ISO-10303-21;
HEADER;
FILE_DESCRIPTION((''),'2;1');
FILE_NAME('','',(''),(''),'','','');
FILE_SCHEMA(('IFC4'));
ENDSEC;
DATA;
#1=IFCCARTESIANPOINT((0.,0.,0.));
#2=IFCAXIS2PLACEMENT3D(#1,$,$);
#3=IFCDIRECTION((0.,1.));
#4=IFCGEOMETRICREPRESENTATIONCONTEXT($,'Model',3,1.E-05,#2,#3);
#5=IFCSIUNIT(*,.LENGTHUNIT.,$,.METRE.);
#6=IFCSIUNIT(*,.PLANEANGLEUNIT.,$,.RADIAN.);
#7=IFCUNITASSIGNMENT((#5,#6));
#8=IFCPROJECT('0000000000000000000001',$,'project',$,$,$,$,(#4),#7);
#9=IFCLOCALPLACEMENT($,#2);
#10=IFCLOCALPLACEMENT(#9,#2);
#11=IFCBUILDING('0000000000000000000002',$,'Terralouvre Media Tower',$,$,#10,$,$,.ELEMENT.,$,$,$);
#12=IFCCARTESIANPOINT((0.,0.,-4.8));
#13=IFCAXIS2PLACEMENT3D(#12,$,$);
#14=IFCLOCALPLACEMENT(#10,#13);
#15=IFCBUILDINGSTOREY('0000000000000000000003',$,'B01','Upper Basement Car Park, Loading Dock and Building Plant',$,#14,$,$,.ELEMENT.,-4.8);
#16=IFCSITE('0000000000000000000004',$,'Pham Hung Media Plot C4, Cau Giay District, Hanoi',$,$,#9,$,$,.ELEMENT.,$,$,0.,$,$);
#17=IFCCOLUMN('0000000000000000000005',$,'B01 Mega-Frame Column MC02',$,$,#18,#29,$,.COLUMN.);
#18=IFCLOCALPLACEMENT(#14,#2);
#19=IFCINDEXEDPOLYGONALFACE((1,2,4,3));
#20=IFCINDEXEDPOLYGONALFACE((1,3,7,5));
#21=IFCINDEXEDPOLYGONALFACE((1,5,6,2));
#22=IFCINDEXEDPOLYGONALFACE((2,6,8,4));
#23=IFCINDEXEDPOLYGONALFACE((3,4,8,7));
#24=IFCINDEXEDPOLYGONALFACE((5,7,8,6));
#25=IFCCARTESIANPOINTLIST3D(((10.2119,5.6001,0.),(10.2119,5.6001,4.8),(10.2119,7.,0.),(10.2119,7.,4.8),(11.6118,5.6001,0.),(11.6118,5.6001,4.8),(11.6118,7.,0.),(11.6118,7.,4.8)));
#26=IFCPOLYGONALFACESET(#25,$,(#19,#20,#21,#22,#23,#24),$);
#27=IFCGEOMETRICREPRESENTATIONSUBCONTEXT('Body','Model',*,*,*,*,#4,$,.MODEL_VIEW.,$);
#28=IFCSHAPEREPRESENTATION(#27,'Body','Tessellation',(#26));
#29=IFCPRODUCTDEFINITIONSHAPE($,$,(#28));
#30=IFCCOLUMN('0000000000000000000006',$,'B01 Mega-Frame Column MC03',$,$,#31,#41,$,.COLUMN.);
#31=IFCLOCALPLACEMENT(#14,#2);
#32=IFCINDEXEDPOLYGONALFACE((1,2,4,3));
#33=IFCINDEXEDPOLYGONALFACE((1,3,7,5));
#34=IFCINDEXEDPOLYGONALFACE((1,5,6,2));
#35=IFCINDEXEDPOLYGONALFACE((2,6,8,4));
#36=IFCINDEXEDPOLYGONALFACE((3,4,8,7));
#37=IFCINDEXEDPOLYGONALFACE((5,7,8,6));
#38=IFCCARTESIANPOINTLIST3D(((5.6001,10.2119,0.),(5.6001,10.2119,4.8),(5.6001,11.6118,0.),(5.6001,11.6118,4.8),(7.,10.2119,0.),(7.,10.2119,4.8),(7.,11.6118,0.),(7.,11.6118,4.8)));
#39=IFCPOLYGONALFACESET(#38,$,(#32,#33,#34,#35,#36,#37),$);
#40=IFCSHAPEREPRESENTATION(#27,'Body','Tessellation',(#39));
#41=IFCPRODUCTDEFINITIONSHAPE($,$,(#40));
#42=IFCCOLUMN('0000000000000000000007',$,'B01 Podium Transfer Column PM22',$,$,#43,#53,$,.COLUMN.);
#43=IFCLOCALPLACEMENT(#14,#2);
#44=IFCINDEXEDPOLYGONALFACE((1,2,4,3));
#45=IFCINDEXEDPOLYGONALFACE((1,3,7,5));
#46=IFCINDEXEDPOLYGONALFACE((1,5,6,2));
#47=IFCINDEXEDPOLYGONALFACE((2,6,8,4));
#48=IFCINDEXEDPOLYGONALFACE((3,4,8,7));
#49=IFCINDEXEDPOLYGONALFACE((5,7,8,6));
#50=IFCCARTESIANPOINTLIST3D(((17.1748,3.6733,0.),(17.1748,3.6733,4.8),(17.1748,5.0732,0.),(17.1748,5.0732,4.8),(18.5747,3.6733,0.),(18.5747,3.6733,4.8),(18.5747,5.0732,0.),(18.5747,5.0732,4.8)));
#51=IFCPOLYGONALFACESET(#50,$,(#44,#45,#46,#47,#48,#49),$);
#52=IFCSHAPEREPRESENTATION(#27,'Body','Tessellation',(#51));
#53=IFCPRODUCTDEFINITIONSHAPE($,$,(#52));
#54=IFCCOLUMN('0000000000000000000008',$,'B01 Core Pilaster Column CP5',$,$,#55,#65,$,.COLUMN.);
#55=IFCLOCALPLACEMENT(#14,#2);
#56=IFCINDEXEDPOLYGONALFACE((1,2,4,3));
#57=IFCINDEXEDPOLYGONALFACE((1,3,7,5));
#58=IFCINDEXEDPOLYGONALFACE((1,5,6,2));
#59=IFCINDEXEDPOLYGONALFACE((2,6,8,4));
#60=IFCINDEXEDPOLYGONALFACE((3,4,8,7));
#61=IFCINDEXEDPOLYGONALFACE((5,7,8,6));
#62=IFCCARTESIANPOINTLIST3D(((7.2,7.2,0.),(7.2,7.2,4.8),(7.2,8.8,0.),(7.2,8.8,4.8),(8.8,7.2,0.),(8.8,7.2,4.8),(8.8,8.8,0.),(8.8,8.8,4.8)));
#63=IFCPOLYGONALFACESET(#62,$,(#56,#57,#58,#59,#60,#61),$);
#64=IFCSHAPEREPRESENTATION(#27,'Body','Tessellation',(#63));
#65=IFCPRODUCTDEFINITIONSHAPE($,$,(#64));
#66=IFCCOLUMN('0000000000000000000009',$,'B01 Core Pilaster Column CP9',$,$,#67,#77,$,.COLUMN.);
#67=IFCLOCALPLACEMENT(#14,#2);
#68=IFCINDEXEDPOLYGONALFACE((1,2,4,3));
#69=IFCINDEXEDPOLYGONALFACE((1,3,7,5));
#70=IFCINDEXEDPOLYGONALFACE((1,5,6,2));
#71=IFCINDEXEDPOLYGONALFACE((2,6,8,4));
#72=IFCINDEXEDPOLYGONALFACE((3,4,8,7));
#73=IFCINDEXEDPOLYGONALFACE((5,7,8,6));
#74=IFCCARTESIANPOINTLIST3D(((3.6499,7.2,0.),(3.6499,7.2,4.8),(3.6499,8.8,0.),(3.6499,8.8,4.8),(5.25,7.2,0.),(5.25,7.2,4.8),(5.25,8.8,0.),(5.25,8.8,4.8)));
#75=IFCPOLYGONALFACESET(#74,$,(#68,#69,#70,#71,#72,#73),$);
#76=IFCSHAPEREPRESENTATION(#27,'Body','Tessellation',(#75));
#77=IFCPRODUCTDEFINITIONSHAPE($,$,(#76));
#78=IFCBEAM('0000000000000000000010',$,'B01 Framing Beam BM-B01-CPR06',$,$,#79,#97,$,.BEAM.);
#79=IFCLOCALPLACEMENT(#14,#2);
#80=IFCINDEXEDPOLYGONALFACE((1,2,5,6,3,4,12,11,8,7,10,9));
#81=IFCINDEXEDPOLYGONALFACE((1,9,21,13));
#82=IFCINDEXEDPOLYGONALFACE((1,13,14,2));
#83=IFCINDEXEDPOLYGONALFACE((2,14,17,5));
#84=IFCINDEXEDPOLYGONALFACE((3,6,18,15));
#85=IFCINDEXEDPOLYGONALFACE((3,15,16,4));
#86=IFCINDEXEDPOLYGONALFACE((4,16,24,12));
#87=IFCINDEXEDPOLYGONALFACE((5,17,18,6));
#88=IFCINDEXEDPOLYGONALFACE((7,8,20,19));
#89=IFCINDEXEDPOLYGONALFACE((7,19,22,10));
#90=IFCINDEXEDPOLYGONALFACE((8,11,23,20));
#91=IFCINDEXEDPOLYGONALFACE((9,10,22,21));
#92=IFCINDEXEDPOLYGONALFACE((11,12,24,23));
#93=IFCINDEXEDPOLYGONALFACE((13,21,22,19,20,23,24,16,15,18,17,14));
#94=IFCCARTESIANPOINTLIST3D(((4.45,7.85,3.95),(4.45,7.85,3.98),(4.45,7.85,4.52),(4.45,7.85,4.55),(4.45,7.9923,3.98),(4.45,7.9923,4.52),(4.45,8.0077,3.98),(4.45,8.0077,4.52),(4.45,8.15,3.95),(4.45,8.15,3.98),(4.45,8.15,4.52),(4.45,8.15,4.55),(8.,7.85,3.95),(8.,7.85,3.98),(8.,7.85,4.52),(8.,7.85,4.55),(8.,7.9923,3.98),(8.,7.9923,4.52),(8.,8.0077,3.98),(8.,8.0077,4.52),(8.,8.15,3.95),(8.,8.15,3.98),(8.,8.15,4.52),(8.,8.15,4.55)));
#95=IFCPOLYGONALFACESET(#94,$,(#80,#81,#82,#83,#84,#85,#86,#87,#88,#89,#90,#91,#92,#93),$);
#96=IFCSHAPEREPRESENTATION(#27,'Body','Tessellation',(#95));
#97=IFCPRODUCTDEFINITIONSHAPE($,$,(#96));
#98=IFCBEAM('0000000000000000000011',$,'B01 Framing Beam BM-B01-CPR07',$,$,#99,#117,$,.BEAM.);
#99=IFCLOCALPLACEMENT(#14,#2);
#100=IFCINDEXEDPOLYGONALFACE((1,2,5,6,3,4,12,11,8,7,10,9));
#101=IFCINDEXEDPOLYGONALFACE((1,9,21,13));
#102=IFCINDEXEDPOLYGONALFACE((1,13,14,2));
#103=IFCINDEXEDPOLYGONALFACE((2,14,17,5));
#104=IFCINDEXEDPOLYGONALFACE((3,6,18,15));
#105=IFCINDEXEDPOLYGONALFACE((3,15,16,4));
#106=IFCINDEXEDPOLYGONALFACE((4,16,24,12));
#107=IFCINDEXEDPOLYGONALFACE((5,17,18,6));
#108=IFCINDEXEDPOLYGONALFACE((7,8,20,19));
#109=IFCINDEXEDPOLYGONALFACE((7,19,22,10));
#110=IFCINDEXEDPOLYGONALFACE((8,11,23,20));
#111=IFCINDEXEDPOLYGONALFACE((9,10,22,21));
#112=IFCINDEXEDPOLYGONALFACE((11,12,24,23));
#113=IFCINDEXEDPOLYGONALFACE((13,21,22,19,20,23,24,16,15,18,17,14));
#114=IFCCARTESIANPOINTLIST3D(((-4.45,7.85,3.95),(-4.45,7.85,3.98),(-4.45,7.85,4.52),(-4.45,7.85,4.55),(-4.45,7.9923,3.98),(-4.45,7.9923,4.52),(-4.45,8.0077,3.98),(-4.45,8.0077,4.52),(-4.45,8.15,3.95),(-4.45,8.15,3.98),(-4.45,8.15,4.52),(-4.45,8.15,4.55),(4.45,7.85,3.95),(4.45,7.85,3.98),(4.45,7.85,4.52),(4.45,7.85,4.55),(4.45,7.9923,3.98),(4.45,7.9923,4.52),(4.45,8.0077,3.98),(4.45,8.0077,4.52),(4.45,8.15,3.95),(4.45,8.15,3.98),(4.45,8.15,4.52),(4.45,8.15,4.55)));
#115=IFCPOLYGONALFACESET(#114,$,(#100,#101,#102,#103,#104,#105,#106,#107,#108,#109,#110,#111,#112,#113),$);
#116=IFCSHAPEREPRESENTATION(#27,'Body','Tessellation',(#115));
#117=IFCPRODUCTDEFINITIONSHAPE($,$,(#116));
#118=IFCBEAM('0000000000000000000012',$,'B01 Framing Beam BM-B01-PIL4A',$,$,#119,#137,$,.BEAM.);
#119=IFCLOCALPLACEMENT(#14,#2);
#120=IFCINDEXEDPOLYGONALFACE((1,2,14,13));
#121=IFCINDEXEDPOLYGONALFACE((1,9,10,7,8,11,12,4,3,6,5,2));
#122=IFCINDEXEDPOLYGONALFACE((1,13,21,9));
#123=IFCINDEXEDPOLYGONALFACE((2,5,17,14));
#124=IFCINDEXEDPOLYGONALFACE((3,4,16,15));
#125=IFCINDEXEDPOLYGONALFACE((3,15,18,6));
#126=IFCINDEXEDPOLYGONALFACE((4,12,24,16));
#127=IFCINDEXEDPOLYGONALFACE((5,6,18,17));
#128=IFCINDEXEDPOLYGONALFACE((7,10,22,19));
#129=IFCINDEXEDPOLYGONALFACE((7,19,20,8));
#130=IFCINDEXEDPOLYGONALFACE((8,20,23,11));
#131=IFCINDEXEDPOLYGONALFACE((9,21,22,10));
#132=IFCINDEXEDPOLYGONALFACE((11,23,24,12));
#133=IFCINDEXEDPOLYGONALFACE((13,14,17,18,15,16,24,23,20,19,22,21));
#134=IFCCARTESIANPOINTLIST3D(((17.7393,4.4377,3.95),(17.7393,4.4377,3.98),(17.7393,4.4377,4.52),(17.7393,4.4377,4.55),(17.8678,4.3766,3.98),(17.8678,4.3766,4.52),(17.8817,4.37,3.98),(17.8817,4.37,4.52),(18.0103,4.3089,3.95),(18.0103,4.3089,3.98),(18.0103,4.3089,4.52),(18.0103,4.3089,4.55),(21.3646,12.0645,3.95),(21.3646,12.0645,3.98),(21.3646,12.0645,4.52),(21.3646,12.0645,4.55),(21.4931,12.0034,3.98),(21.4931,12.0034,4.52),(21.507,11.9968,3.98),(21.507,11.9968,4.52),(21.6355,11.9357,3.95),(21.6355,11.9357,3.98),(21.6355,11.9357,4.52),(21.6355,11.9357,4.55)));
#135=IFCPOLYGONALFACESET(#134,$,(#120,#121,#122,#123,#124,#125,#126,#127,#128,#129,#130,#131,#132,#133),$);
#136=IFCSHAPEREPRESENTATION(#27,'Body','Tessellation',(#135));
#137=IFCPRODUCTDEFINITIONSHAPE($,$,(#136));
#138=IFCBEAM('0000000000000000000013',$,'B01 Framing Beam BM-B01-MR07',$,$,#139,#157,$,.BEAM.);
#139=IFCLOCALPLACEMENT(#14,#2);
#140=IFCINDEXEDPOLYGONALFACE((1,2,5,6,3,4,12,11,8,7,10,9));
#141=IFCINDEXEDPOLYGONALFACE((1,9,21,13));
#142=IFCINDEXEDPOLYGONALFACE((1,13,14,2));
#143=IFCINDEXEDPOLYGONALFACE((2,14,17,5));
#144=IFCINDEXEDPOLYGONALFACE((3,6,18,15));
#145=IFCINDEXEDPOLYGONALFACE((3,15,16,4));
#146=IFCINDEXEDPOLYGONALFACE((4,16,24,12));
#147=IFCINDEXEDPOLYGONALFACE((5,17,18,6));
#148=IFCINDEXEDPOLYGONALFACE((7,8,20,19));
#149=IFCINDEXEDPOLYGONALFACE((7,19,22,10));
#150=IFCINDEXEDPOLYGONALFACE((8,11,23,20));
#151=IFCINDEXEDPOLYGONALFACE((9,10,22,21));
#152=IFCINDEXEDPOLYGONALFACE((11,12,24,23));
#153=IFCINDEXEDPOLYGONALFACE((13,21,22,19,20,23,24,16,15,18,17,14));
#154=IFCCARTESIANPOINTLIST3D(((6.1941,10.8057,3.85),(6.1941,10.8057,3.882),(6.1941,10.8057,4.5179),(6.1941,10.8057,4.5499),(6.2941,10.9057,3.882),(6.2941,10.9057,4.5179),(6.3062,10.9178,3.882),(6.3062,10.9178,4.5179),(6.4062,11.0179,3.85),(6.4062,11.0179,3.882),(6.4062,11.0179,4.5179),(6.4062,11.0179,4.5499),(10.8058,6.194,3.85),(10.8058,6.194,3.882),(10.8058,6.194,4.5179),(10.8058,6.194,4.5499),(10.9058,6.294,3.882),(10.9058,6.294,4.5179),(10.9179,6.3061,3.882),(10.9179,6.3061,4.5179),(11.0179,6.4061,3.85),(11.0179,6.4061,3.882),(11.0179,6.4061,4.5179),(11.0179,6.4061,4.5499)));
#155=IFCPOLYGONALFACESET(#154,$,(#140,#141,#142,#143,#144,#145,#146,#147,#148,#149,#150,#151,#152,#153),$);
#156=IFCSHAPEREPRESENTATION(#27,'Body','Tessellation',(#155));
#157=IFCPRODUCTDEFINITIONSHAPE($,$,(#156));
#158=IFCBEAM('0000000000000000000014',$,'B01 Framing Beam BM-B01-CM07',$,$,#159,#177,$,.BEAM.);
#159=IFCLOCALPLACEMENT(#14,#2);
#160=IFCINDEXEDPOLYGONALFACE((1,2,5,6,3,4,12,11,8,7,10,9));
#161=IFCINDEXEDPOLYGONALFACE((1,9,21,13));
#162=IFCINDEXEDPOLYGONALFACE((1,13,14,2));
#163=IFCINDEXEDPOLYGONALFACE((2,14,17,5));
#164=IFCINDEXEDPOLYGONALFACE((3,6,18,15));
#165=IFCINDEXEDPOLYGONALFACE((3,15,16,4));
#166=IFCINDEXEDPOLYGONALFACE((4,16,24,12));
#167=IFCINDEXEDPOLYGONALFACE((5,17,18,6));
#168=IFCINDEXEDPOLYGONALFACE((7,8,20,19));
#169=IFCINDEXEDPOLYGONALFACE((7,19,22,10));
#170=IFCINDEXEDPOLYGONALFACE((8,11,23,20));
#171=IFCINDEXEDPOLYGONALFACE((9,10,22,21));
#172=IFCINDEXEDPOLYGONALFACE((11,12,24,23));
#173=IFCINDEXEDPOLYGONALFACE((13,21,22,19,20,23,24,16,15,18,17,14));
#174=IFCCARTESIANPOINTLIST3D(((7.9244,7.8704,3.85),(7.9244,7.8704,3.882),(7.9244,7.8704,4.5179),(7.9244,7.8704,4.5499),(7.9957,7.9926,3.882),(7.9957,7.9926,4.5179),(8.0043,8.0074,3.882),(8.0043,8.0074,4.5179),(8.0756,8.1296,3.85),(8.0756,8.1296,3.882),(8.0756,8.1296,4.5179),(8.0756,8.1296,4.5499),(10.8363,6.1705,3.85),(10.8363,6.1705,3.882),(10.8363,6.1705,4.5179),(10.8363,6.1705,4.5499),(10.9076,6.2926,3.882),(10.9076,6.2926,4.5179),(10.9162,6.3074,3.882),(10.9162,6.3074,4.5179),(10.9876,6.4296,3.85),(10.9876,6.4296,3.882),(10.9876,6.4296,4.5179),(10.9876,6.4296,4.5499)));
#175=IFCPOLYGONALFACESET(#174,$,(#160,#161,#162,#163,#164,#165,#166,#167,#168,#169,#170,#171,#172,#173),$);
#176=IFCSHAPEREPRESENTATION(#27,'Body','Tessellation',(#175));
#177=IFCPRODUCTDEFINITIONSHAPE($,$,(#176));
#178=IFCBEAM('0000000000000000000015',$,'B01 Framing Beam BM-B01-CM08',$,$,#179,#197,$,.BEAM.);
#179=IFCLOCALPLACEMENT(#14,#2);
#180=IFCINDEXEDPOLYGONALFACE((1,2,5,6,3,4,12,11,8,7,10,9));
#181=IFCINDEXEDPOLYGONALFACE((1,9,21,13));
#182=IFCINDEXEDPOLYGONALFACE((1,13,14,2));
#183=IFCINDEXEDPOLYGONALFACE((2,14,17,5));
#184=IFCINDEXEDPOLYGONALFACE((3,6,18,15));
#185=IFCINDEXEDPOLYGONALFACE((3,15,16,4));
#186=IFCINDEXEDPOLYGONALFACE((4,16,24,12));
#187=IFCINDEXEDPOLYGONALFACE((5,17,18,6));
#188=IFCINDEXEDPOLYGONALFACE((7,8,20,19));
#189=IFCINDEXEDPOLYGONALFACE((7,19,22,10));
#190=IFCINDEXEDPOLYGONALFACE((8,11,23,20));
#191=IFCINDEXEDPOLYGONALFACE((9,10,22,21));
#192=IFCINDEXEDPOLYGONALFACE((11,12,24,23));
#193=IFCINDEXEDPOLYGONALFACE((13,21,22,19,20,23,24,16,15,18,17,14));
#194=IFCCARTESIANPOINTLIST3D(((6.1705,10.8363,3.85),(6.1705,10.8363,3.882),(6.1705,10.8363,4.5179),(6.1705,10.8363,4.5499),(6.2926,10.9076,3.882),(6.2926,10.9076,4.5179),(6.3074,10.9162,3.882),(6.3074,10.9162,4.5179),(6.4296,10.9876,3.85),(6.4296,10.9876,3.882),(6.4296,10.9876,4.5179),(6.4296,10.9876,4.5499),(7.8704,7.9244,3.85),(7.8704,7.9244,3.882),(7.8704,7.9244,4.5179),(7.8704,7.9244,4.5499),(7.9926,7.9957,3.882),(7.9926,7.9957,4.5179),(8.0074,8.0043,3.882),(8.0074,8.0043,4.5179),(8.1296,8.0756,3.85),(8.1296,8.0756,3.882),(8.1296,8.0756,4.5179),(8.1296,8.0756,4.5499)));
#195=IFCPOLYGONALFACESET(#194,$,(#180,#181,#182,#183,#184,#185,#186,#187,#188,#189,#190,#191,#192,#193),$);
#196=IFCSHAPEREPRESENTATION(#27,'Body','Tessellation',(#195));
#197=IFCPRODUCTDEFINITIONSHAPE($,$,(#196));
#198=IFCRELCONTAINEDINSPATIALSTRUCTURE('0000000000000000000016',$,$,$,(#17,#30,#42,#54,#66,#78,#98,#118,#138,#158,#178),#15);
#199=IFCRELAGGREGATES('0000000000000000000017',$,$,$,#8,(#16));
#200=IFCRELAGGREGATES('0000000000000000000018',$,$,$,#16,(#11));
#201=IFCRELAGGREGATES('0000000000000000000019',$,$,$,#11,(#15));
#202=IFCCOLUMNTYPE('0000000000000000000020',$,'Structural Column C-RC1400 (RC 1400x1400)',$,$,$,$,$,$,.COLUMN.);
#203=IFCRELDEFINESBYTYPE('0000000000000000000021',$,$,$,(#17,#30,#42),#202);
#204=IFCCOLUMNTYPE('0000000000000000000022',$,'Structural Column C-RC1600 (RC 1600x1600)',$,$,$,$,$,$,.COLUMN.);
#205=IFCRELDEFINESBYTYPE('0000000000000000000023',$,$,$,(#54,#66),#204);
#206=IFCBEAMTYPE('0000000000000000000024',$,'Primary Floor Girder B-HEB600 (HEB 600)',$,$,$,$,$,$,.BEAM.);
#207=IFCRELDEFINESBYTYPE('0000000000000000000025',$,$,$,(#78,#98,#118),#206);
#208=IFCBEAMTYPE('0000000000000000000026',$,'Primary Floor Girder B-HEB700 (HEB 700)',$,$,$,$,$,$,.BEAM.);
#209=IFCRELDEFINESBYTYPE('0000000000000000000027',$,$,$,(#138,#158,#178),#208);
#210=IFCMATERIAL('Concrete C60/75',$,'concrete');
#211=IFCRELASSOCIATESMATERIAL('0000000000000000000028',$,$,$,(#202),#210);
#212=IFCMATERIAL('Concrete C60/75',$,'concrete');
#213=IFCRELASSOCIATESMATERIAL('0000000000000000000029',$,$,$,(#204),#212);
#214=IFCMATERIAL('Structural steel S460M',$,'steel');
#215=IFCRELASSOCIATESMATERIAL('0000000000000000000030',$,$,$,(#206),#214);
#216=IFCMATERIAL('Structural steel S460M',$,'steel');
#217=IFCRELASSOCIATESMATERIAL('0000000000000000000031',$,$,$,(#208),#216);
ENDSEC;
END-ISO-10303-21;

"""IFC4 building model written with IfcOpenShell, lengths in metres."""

from ifc_helpers import new_model, si_unit, direction, frame, origin, origin_2d, place, context, subcontext, project, spatial, rectangle, i_section, extrude, material, material_profile, profile_set, type_object, element, save


model = new_model("IFC4")

# Units and contexts
model_context = context("Model", 3, precision=1e-05, world=origin(), true_north=direction((0.0, 1.0)))
body_context = subcontext(model_context, "Body", "Model", "MODEL_VIEW")
ifc_project = project(units=[si_unit("LENGTHUNIT", "METRE"), si_unit("PLANEANGLEUNIT", "RADIAN")], contexts=[model_context])

# Site, building, storey
site_placement = place(None, origin())
site = spatial("IfcSite", under=ifc_project, at=site_placement, Name="Pham Hung Media Plot C4, Cau Giay District, Hanoi", CompositionType="ELEMENT", RefElevation=0.0)
building_placement = place(site_placement, origin())
building = spatial("IfcBuilding", under=site, at=building_placement, Name="Terralouvre Media Tower", CompositionType="ELEMENT")
storey_placement = place(building_placement, frame((0.0, 0.0, -4.8)))
storey = spatial("IfcBuildingStorey", under=building, at=storey_placement, Name="B01", Description="Upper Basement Car Park, Loading Dock and Building Plant", CompositionType="ELEMENT", Elevation=-4.8)

# Columns
ifc_material_1 = material(Name="Concrete C60/75", Category="concrete")
ifc_material_profile_1 = material_profile(ifc_material_1, rectangle(XDim=1.3999, YDim=1.3999, at=origin_2d()), Name="RC 1400x1400")
ifc_profile_set_1 = profile_set([ifc_material_profile_1], Name="Concrete C60/75")
column_type_1 = type_object("IfcColumnType", Name="Structural Column C-RC1400 (RC 1400x1400)", PredefinedType="COLUMN", material=ifc_profile_set_1)
for number, where, z_axis, x_axis, name in (
    (1, (10.9119, 6.3, 0.0), (0.0, 0.0, 1.0), (1.0, 0.0, 0.0), "B01 Mega-Frame Column MC02"),
    (2, (6.3, 10.9119, 0.0), (0.0, 0.0, 1.0), (1.0, 0.0, 0.0), "B01 Mega-Frame Column MC03"),
    (3, (17.8748, 4.3733, 0.0), (0.0, 0.0, 1.0), (1.0, 0.0, 0.0), "B01 Podium Transfer Column PM22"),
):
    element("IfcColumn", number, at=place(storey_placement, frame(where, z_axis=z_axis, x_axis=x_axis)), inside=storey, type_object=column_type_1, Name=name, PredefinedType="COLUMN", context=body_context, shape_type="SweptSolid", body=[
        extrude(rectangle(XDim=1.3999, YDim=1.3999, at=origin_2d()), origin(), (0.0, 0.0, 1.0), 4.8),
    ])
ifc_material_2 = material(Name="Concrete C60/75", Category="concrete")
ifc_material_profile_2 = material_profile(ifc_material_2, rectangle(XDim=1.6001, YDim=1.6001, at=origin_2d()), Name="RC 1600x1600")
ifc_profile_set_2 = profile_set([ifc_material_profile_2], Name="Concrete C60/75")
column_type_2 = type_object("IfcColumnType", Name="Structural Column C-RC1600 (RC 1600x1600)", PredefinedType="COLUMN", material=ifc_profile_set_2)
for number, where, z_axis, x_axis, name in (
    (4, (8.0, 8.0, 0.0), (0.0, 0.0, 1.0), (1.0, 0.0, 0.0), "B01 Core Pilaster Column CP5"),
    (5, (4.45, 8.0, 0.0), (0.0, 0.0, 1.0), (1.0, 0.0, 0.0), "B01 Core Pilaster Column CP9"),
):
    element("IfcColumn", number, at=place(storey_placement, frame(where, z_axis=z_axis, x_axis=x_axis)), inside=storey, type_object=column_type_2, Name=name, PredefinedType="COLUMN", context=body_context, shape_type="SweptSolid", body=[
        extrude(rectangle(XDim=1.6001, YDim=1.6001, at=origin_2d()), origin(), (0.0, 0.0, 1.0), 4.8),
    ])

# Beams
ifc_material_3 = material(Name="Structural steel S460M", Category="steel")
ifc_material_profile_3 = material_profile(ifc_material_3, i_section(OverallWidth=0.3, OverallDepth=0.6001, WebThickness=0.0154, FlangeThickness=0.03, at=origin_2d()), Name="HEB 600")
ifc_profile_set_3 = profile_set([ifc_material_profile_3], Name="Structural steel S460M")
beam_type_1 = type_object("IfcBeamType", Name="Primary Floor Girder B-HEB600 (HEB 600)", PredefinedType="BEAM", material=ifc_profile_set_3)
beam_1_placement = place(storey_placement, frame((8.0, 8.0, 4.25), z_axis=(-1.0, 0.0, 0.0), x_axis=(0.0, -1.0, 0.0)))
element("IfcBeam", 6, at=beam_1_placement, inside=storey, type_object=beam_type_1, Name="B01 Framing Beam BM-B01-CPR06", PredefinedType="BEAM", context=body_context, shape_type="SweptSolid", body=[
    extrude(i_section(OverallWidth=0.3, OverallDepth=0.6001, WebThickness=0.0154, FlangeThickness=0.03, at=origin_2d()), origin(), (0.0, 0.0, 1.0), 3.55),
])
beam_2_placement = place(storey_placement, frame((4.45, 8.0, 4.25), z_axis=(-1.0, 0.0, 0.0), x_axis=(0.0, -1.0, 0.0)))
element("IfcBeam", 7, at=beam_2_placement, inside=storey, type_object=beam_type_1, Name="B01 Framing Beam BM-B01-CPR07", PredefinedType="BEAM", context=body_context, shape_type="SweptSolid", body=[
    extrude(i_section(OverallWidth=0.3, OverallDepth=0.6001, WebThickness=0.0154, FlangeThickness=0.03, at=origin_2d()), origin(), (0.0, 0.0, 1.0), 8.8999),
])
beam_3_placement = place(storey_placement, frame((17.8748, 4.3733, 4.25), z_axis=(0.429304, 0.90316, 0.0), x_axis=(-0.90316, 0.429304, 0.0)))
element("IfcBeam", 8, at=beam_3_placement, inside=storey, type_object=beam_type_1, Name="B01 Framing Beam BM-B01-PIL4A", PredefinedType="BEAM", context=body_context, shape_type="SweptSolid", body=[
    extrude(i_section(OverallWidth=0.3, OverallDepth=0.6001, WebThickness=0.0154, FlangeThickness=0.03, at=origin_2d()), origin(), (0.0, 0.0, 1.0), 8.4446),
])
ifc_material_4 = material(Name="Structural steel S460M", Category="steel")
ifc_material_profile_4 = material_profile(ifc_material_4, i_section(OverallWidth=0.3, OverallDepth=0.7, WebThickness=0.0171, FlangeThickness=0.032, at=origin_2d()), Name="HEB 700")
ifc_profile_set_4 = profile_set([ifc_material_profile_4], Name="Structural steel S460M")
beam_type_2 = type_object("IfcBeamType", Name="Primary Floor Girder B-HEB700 (HEB 700)", PredefinedType="BEAM", material=ifc_profile_set_4)
beam_4_placement = place(storey_placement, frame((10.9119, 6.3, 4.2), z_axis=(-0.707107, 0.707107, 0.0), x_axis=(-0.707107, -0.707107, 0.0)))
element("IfcBeam", 9, at=beam_4_placement, inside=storey, type_object=beam_type_2, Name="B01 Framing Beam BM-B01-MR07", PredefinedType="BEAM", context=body_context, shape_type="SweptSolid", body=[
    extrude(i_section(OverallWidth=0.3, OverallDepth=0.7, WebThickness=0.0171, FlangeThickness=0.032, at=origin_2d()), origin(), (0.0, 0.0, 1.0), 6.522),
])
for number, where, z_axis, x_axis, name in (
    (10, (8.0, 8.0, 4.2), (0.863603, -0.504173, 0.0), (0.504173, 0.863603, 0.0), "B01 Framing Beam BM-B01-CM07"),
    (11, (8.0, 8.0, 4.2), (-0.504173, 0.863603, 0.0), (-0.863603, -0.504173, 0.0), "B01 Framing Beam BM-B01-CM08"),
):
    element("IfcBeam", number, at=place(storey_placement, frame(where, z_axis=z_axis, x_axis=x_axis)), inside=storey, type_object=beam_type_2, Name=name, PredefinedType="BEAM", context=body_context, shape_type="SweptSolid", body=[
        extrude(i_section(OverallWidth=0.3, OverallDepth=0.7, WebThickness=0.0171, FlangeThickness=0.032, at=origin_2d()), origin(), (0.0, 0.0, 1.0), 3.3718),
    ])

save(model, "model.ifc")
